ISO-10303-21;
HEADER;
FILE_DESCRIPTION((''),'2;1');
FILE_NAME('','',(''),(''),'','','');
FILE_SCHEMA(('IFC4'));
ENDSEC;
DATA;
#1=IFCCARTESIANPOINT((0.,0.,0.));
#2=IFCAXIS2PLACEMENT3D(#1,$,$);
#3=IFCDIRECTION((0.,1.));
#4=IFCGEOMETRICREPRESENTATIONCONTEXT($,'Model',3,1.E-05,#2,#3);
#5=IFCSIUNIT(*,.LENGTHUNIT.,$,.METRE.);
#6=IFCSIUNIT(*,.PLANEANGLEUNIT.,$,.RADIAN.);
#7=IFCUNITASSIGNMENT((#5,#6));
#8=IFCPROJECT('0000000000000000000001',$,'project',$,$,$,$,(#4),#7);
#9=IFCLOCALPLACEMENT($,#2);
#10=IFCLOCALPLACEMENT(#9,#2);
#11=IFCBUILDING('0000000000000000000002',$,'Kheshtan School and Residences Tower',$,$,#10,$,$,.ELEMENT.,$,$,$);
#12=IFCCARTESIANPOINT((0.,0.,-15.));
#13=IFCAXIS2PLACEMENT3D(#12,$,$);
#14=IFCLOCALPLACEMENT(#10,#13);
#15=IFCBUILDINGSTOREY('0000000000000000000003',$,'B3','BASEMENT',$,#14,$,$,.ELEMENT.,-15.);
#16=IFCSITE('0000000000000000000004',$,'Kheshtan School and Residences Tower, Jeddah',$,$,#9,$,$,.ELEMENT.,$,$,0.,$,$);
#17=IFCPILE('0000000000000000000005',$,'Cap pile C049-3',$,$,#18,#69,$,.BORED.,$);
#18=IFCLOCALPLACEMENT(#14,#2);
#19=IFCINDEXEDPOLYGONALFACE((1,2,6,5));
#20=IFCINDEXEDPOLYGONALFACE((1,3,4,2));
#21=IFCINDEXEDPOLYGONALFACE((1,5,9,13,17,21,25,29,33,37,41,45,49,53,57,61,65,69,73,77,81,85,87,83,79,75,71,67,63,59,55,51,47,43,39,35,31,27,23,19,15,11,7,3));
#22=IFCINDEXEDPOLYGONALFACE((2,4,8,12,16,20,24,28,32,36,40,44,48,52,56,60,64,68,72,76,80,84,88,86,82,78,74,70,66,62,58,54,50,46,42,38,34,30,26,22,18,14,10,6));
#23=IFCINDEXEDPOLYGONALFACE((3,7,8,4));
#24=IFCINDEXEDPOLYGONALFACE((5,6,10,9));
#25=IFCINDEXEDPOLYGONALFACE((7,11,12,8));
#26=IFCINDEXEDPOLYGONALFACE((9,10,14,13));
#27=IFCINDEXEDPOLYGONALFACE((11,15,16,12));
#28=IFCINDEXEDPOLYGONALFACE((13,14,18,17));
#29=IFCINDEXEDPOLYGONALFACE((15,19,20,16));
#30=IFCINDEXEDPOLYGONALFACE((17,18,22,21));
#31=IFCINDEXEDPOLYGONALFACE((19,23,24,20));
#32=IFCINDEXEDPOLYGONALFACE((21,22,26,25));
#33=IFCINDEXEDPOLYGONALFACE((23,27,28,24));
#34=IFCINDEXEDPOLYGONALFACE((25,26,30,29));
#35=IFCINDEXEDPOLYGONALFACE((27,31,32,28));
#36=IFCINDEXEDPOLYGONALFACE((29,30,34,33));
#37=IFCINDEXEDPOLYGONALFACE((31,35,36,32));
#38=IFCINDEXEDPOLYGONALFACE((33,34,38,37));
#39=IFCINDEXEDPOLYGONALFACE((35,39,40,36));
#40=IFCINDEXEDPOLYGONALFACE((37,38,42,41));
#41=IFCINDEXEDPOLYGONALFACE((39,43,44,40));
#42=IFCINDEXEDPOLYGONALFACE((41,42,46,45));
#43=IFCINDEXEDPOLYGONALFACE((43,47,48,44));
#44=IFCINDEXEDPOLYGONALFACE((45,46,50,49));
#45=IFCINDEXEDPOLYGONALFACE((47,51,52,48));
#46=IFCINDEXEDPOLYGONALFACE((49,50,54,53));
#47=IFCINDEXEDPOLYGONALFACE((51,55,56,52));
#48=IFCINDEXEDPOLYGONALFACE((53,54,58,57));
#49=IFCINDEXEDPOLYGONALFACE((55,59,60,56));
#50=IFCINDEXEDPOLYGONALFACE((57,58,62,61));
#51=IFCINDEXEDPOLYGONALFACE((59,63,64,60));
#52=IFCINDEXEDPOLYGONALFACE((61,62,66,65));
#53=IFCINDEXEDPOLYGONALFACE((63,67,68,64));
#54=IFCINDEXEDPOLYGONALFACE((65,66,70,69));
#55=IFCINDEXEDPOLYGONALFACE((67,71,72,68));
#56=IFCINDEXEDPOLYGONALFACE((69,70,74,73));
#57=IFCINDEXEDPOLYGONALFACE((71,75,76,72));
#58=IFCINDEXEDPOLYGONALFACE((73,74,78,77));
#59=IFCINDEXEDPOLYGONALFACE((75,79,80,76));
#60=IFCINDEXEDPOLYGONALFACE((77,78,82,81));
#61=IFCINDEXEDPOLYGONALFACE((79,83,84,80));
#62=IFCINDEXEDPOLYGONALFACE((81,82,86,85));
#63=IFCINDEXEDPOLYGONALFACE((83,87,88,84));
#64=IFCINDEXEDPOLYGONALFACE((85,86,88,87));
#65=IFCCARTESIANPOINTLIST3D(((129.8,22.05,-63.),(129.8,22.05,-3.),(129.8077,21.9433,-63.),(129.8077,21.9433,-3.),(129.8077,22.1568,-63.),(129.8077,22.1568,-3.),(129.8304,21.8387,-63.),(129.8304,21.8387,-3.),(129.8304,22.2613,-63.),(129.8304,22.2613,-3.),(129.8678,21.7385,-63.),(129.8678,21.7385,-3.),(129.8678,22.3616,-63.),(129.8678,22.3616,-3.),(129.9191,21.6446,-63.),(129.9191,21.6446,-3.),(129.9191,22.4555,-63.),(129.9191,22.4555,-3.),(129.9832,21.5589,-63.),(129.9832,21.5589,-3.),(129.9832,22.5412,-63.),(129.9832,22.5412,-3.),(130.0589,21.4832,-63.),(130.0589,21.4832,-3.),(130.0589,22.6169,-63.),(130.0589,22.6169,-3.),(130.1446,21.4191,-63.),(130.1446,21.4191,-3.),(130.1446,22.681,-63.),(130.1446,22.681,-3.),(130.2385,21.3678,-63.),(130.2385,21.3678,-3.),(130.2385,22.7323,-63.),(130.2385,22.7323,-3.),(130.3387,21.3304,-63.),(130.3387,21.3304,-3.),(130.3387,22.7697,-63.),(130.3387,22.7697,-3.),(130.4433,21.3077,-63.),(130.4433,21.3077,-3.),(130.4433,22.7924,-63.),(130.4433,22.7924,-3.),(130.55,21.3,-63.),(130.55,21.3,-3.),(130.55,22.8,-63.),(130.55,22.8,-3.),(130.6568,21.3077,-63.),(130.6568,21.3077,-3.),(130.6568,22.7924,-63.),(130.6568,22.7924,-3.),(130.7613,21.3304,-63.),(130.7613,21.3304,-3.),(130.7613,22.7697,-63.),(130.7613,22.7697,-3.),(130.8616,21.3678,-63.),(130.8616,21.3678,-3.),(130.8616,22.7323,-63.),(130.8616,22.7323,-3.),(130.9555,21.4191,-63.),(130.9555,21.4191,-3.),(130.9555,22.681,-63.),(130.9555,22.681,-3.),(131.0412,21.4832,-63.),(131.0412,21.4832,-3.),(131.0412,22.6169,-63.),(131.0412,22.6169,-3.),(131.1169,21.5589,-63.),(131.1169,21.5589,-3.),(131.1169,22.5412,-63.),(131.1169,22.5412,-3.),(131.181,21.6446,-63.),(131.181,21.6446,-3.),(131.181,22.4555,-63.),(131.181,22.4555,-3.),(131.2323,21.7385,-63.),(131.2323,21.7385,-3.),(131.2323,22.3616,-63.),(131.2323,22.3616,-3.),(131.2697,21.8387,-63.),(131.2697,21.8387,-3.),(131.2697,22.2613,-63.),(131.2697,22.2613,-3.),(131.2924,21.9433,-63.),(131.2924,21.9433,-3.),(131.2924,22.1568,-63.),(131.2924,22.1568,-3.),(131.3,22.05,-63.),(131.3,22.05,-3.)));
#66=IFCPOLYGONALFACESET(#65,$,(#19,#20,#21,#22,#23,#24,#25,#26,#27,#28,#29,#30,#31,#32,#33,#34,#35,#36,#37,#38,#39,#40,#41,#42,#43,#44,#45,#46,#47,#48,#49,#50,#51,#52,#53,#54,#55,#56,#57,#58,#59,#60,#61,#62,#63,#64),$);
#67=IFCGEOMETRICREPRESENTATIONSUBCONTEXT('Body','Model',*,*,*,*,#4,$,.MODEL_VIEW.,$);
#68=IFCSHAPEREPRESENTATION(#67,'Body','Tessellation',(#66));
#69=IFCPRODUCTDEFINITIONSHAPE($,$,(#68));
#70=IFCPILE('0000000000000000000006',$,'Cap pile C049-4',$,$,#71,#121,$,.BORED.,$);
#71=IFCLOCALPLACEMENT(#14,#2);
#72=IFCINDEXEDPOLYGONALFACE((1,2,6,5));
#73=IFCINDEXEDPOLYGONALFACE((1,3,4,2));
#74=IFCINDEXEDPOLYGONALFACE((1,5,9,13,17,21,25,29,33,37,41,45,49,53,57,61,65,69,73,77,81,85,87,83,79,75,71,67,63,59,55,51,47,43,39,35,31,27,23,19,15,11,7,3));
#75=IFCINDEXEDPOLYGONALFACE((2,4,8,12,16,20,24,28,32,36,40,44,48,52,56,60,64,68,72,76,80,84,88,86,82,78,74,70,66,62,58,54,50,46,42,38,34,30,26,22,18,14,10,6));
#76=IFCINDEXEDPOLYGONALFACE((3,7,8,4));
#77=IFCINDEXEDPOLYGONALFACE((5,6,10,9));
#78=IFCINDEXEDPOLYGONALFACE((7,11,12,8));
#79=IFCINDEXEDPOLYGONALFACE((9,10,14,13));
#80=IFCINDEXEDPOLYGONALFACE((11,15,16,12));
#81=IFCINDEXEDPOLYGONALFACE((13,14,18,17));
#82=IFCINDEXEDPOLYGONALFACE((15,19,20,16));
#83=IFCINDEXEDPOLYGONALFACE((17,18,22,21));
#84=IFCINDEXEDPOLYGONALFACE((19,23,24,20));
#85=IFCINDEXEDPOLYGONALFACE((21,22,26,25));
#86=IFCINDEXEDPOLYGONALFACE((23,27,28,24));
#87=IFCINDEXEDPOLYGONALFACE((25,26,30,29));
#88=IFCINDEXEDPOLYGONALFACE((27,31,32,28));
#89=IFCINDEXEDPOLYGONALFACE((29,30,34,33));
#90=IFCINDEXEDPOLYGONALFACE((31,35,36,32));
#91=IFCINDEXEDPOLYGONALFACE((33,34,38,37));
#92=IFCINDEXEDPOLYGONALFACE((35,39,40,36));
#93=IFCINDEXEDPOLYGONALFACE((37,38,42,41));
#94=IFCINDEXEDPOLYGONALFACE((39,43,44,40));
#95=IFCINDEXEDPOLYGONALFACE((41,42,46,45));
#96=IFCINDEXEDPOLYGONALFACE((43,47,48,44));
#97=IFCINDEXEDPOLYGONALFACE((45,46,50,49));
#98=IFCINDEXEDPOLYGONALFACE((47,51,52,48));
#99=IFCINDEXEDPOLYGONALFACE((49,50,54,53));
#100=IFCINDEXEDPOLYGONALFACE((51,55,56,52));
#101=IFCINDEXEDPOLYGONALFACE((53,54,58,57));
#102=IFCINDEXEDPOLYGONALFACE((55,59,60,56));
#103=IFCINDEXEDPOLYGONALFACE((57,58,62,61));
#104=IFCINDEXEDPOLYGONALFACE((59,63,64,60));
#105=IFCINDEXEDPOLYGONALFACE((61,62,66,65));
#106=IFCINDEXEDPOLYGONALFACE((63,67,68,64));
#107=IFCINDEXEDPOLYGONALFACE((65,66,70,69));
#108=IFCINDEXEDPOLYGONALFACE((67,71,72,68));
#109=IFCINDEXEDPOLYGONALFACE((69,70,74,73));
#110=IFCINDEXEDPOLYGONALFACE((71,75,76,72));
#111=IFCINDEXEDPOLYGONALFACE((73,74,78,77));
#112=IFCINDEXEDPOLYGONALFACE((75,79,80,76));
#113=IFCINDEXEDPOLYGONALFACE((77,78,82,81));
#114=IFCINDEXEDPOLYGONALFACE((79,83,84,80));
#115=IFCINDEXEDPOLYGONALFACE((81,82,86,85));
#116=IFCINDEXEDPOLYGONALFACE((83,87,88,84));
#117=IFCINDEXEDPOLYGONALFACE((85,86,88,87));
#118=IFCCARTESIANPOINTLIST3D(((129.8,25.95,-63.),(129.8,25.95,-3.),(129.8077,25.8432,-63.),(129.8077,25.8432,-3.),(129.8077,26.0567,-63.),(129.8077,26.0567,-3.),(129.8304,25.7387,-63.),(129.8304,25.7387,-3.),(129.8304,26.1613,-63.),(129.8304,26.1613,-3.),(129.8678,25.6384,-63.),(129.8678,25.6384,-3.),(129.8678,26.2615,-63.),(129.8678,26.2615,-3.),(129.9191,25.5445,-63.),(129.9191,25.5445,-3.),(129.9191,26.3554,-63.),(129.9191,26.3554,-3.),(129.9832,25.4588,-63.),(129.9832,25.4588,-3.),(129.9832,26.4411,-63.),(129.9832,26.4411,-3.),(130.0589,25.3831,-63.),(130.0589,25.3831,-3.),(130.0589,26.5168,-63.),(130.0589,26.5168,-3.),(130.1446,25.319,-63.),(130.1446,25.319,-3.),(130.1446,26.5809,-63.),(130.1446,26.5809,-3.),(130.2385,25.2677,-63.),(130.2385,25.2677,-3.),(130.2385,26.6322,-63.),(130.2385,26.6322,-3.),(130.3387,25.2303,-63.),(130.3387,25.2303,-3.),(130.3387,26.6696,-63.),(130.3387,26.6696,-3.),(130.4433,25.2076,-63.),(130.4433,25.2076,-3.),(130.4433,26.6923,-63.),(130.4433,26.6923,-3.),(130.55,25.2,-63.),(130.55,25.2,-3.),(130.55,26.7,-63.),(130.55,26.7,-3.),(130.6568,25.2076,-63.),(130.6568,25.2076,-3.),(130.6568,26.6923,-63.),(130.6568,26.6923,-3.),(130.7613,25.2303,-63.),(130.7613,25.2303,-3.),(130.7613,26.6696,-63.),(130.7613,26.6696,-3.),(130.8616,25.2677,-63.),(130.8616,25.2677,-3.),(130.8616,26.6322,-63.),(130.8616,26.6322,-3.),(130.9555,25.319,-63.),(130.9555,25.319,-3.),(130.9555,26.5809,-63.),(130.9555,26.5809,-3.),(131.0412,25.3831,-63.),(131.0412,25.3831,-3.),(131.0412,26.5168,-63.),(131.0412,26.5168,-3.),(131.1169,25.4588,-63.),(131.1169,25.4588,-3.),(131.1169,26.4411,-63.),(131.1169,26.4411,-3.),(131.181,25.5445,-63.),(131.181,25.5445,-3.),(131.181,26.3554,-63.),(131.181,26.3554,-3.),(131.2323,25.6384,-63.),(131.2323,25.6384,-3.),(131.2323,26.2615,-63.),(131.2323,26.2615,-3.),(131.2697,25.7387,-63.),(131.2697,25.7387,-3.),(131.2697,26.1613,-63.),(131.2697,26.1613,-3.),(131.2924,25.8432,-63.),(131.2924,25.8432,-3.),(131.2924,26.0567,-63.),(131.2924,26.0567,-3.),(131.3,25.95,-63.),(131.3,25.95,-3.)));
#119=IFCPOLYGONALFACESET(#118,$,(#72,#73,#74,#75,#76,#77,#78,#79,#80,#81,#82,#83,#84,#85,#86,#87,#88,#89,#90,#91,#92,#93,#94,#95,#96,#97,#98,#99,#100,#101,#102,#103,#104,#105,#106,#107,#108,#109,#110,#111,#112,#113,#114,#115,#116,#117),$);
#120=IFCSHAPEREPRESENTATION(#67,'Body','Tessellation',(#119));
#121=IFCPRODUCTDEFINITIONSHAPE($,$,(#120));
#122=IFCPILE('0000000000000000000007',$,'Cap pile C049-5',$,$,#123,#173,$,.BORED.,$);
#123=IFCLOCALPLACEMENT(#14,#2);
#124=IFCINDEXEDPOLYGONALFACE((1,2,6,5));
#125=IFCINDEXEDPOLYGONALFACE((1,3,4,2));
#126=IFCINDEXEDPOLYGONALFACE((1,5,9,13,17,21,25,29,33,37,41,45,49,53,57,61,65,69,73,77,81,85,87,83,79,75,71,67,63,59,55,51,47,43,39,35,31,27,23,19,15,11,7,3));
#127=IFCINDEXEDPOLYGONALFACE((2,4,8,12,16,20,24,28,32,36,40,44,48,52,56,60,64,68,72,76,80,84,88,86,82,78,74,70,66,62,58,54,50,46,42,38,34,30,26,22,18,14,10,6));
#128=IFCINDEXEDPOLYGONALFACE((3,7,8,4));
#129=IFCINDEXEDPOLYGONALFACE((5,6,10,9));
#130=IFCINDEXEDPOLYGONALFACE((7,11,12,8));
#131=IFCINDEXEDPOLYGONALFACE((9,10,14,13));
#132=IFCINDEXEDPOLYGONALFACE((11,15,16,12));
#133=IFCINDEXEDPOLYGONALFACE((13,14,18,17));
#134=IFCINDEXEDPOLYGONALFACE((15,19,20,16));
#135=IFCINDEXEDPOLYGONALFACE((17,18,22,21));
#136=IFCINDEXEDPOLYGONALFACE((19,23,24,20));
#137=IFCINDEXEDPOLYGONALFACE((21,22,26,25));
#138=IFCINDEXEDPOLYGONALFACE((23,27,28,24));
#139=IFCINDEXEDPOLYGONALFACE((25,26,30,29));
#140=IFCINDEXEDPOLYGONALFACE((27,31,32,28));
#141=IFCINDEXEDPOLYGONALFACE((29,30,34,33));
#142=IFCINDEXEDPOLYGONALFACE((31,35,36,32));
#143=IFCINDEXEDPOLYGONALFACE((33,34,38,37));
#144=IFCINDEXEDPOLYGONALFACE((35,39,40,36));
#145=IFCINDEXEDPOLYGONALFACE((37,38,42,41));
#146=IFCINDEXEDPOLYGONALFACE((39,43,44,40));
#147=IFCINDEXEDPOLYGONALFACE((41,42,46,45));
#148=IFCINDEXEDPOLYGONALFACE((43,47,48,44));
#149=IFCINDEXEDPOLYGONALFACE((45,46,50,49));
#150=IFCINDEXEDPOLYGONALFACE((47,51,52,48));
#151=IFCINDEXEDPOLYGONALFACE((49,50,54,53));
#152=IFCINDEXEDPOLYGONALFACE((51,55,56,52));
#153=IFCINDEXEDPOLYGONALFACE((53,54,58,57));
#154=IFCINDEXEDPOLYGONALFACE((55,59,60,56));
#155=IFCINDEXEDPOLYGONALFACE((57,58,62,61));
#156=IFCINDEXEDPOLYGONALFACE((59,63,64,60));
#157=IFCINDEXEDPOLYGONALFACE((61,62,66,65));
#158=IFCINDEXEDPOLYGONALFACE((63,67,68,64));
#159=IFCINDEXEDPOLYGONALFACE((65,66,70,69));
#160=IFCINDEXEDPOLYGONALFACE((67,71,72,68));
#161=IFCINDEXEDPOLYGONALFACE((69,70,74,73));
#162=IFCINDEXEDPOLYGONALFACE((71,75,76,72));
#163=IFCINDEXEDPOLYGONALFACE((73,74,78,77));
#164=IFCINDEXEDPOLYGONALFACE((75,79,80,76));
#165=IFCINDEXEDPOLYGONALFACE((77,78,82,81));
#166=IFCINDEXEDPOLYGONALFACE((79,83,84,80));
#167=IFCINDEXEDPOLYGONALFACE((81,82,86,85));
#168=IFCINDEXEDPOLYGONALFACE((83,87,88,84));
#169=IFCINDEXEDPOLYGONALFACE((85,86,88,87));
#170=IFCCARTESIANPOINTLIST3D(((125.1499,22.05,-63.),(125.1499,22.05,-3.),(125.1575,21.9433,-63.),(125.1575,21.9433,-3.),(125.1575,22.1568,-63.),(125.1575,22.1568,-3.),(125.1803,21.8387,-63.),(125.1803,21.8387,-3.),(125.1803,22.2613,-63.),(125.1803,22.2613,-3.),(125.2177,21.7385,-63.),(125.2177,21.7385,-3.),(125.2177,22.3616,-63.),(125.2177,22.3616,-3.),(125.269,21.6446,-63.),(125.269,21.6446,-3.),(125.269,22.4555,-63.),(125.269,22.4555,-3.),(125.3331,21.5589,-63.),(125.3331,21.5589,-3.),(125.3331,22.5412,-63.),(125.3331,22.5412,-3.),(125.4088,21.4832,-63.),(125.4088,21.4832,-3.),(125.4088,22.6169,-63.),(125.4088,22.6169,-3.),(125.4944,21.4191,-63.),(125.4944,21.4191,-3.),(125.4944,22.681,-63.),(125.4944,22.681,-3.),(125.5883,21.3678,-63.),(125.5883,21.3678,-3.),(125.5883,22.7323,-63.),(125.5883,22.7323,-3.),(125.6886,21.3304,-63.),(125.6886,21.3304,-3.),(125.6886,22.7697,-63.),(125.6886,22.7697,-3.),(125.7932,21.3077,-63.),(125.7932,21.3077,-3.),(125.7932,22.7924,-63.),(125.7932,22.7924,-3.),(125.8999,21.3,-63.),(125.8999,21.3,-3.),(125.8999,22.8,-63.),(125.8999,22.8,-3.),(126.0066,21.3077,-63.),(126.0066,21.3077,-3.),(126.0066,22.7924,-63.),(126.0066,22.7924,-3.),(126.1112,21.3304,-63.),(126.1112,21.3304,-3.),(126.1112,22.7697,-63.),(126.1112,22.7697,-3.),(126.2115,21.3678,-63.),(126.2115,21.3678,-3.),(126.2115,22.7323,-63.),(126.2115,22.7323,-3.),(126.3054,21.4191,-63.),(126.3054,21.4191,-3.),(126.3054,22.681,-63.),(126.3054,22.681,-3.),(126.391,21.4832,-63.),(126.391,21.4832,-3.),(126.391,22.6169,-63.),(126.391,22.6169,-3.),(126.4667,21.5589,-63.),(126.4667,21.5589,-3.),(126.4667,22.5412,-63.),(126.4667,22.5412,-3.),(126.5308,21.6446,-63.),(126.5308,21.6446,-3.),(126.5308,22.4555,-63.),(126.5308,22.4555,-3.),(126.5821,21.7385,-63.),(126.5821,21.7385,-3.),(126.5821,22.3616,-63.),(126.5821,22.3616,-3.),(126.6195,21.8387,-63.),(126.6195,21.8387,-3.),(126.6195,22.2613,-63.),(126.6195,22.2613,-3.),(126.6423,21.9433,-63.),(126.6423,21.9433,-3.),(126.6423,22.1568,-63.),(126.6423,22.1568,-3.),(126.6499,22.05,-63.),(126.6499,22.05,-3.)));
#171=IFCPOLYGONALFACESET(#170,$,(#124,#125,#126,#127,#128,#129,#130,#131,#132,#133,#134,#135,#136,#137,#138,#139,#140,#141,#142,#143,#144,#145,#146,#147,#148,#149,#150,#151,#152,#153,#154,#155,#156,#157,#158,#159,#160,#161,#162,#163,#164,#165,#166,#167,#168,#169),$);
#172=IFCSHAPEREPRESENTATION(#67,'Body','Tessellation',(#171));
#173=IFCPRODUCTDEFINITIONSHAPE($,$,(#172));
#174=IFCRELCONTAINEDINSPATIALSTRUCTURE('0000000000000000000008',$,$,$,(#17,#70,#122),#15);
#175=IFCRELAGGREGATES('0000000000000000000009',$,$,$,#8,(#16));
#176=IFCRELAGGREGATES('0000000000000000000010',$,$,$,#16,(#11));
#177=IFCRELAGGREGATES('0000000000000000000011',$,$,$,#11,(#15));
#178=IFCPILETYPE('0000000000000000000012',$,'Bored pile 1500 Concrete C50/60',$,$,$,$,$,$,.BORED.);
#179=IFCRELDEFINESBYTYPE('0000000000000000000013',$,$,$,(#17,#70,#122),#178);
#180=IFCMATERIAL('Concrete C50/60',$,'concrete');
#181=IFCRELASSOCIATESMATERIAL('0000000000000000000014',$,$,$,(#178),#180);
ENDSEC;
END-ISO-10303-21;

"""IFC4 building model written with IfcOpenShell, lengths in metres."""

from ifc_helpers import new_model, si_unit, direction, frame, origin, origin_2d, place, context, subcontext, project, spatial, circle, extrude, material, material_profile, profile_set, type_object, element, save


model = new_model("IFC4")

# Units and contexts
model_context = context("Model", 3, precision=1e-05, world=origin(), true_north=direction((0.0, 1.0)))
body_context = subcontext(model_context, "Body", "Model", "MODEL_VIEW")
ifc_project = project(units=[si_unit("LENGTHUNIT", "METRE"), si_unit("PLANEANGLEUNIT", "RADIAN")], contexts=[model_context])

# Site, building, storey
site_placement = place(None, origin())
site = spatial("IfcSite", under=ifc_project, at=site_placement, Name="Kheshtan School and Residences Tower, Jeddah", CompositionType="ELEMENT", RefElevation=0.0)
building_placement = place(site_placement, origin())
building = spatial("IfcBuilding", under=site, at=building_placement, Name="Kheshtan School and Residences Tower", CompositionType="ELEMENT")
storey_placement = place(building_placement, frame((0.0, 0.0, -15.0)))
storey = spatial("IfcBuildingStorey", under=building, at=storey_placement, Name="B3", Description="BASEMENT", CompositionType="ELEMENT", Elevation=-15.0)

# Piles
ifc_material_1 = material(Name="Concrete C50/60", Category="concrete")
ifc_material_profile_1 = material_profile(ifc_material_1, circle(Radius=0.75, at=origin_2d()), Name="BP 1500")
ifc_profile_set_1 = profile_set([ifc_material_profile_1], Name="Concrete C50/60")
pile_type_1 = type_object("IfcPileType", Name="Bored pile 1500 Concrete C50/60", PredefinedType="BORED", material=ifc_profile_set_1)
for number, where, z_axis, x_axis, name in (
    (1, (130.55, 22.05, -3.0), (0.0, 0.0, -1.0), (1.0, 0.0, 0.0), "Cap pile C049-3"),
    (2, (130.55, 25.95, -3.0), (0.0, 0.0, -1.0), (1.0, 0.0, 0.0), "Cap pile C049-4"),
    (3, (125.8999, 22.05, -3.0), (0.0, 0.0, -1.0), (1.0, 0.0, 0.0), "Cap pile C049-5"),
):
    element("IfcPile", number, at=place(storey_placement, frame(where, z_axis=z_axis, x_axis=x_axis)), inside=storey, type_object=pile_type_1, Name=name, PredefinedType="BORED", context=body_context, shape_type="SweptSolid", body=[
        extrude(circle(Radius=0.75, at=origin_2d()), origin(), (0.0, 0.0, 1.0), 60.0),
    ])

save(model, "model.ifc")
